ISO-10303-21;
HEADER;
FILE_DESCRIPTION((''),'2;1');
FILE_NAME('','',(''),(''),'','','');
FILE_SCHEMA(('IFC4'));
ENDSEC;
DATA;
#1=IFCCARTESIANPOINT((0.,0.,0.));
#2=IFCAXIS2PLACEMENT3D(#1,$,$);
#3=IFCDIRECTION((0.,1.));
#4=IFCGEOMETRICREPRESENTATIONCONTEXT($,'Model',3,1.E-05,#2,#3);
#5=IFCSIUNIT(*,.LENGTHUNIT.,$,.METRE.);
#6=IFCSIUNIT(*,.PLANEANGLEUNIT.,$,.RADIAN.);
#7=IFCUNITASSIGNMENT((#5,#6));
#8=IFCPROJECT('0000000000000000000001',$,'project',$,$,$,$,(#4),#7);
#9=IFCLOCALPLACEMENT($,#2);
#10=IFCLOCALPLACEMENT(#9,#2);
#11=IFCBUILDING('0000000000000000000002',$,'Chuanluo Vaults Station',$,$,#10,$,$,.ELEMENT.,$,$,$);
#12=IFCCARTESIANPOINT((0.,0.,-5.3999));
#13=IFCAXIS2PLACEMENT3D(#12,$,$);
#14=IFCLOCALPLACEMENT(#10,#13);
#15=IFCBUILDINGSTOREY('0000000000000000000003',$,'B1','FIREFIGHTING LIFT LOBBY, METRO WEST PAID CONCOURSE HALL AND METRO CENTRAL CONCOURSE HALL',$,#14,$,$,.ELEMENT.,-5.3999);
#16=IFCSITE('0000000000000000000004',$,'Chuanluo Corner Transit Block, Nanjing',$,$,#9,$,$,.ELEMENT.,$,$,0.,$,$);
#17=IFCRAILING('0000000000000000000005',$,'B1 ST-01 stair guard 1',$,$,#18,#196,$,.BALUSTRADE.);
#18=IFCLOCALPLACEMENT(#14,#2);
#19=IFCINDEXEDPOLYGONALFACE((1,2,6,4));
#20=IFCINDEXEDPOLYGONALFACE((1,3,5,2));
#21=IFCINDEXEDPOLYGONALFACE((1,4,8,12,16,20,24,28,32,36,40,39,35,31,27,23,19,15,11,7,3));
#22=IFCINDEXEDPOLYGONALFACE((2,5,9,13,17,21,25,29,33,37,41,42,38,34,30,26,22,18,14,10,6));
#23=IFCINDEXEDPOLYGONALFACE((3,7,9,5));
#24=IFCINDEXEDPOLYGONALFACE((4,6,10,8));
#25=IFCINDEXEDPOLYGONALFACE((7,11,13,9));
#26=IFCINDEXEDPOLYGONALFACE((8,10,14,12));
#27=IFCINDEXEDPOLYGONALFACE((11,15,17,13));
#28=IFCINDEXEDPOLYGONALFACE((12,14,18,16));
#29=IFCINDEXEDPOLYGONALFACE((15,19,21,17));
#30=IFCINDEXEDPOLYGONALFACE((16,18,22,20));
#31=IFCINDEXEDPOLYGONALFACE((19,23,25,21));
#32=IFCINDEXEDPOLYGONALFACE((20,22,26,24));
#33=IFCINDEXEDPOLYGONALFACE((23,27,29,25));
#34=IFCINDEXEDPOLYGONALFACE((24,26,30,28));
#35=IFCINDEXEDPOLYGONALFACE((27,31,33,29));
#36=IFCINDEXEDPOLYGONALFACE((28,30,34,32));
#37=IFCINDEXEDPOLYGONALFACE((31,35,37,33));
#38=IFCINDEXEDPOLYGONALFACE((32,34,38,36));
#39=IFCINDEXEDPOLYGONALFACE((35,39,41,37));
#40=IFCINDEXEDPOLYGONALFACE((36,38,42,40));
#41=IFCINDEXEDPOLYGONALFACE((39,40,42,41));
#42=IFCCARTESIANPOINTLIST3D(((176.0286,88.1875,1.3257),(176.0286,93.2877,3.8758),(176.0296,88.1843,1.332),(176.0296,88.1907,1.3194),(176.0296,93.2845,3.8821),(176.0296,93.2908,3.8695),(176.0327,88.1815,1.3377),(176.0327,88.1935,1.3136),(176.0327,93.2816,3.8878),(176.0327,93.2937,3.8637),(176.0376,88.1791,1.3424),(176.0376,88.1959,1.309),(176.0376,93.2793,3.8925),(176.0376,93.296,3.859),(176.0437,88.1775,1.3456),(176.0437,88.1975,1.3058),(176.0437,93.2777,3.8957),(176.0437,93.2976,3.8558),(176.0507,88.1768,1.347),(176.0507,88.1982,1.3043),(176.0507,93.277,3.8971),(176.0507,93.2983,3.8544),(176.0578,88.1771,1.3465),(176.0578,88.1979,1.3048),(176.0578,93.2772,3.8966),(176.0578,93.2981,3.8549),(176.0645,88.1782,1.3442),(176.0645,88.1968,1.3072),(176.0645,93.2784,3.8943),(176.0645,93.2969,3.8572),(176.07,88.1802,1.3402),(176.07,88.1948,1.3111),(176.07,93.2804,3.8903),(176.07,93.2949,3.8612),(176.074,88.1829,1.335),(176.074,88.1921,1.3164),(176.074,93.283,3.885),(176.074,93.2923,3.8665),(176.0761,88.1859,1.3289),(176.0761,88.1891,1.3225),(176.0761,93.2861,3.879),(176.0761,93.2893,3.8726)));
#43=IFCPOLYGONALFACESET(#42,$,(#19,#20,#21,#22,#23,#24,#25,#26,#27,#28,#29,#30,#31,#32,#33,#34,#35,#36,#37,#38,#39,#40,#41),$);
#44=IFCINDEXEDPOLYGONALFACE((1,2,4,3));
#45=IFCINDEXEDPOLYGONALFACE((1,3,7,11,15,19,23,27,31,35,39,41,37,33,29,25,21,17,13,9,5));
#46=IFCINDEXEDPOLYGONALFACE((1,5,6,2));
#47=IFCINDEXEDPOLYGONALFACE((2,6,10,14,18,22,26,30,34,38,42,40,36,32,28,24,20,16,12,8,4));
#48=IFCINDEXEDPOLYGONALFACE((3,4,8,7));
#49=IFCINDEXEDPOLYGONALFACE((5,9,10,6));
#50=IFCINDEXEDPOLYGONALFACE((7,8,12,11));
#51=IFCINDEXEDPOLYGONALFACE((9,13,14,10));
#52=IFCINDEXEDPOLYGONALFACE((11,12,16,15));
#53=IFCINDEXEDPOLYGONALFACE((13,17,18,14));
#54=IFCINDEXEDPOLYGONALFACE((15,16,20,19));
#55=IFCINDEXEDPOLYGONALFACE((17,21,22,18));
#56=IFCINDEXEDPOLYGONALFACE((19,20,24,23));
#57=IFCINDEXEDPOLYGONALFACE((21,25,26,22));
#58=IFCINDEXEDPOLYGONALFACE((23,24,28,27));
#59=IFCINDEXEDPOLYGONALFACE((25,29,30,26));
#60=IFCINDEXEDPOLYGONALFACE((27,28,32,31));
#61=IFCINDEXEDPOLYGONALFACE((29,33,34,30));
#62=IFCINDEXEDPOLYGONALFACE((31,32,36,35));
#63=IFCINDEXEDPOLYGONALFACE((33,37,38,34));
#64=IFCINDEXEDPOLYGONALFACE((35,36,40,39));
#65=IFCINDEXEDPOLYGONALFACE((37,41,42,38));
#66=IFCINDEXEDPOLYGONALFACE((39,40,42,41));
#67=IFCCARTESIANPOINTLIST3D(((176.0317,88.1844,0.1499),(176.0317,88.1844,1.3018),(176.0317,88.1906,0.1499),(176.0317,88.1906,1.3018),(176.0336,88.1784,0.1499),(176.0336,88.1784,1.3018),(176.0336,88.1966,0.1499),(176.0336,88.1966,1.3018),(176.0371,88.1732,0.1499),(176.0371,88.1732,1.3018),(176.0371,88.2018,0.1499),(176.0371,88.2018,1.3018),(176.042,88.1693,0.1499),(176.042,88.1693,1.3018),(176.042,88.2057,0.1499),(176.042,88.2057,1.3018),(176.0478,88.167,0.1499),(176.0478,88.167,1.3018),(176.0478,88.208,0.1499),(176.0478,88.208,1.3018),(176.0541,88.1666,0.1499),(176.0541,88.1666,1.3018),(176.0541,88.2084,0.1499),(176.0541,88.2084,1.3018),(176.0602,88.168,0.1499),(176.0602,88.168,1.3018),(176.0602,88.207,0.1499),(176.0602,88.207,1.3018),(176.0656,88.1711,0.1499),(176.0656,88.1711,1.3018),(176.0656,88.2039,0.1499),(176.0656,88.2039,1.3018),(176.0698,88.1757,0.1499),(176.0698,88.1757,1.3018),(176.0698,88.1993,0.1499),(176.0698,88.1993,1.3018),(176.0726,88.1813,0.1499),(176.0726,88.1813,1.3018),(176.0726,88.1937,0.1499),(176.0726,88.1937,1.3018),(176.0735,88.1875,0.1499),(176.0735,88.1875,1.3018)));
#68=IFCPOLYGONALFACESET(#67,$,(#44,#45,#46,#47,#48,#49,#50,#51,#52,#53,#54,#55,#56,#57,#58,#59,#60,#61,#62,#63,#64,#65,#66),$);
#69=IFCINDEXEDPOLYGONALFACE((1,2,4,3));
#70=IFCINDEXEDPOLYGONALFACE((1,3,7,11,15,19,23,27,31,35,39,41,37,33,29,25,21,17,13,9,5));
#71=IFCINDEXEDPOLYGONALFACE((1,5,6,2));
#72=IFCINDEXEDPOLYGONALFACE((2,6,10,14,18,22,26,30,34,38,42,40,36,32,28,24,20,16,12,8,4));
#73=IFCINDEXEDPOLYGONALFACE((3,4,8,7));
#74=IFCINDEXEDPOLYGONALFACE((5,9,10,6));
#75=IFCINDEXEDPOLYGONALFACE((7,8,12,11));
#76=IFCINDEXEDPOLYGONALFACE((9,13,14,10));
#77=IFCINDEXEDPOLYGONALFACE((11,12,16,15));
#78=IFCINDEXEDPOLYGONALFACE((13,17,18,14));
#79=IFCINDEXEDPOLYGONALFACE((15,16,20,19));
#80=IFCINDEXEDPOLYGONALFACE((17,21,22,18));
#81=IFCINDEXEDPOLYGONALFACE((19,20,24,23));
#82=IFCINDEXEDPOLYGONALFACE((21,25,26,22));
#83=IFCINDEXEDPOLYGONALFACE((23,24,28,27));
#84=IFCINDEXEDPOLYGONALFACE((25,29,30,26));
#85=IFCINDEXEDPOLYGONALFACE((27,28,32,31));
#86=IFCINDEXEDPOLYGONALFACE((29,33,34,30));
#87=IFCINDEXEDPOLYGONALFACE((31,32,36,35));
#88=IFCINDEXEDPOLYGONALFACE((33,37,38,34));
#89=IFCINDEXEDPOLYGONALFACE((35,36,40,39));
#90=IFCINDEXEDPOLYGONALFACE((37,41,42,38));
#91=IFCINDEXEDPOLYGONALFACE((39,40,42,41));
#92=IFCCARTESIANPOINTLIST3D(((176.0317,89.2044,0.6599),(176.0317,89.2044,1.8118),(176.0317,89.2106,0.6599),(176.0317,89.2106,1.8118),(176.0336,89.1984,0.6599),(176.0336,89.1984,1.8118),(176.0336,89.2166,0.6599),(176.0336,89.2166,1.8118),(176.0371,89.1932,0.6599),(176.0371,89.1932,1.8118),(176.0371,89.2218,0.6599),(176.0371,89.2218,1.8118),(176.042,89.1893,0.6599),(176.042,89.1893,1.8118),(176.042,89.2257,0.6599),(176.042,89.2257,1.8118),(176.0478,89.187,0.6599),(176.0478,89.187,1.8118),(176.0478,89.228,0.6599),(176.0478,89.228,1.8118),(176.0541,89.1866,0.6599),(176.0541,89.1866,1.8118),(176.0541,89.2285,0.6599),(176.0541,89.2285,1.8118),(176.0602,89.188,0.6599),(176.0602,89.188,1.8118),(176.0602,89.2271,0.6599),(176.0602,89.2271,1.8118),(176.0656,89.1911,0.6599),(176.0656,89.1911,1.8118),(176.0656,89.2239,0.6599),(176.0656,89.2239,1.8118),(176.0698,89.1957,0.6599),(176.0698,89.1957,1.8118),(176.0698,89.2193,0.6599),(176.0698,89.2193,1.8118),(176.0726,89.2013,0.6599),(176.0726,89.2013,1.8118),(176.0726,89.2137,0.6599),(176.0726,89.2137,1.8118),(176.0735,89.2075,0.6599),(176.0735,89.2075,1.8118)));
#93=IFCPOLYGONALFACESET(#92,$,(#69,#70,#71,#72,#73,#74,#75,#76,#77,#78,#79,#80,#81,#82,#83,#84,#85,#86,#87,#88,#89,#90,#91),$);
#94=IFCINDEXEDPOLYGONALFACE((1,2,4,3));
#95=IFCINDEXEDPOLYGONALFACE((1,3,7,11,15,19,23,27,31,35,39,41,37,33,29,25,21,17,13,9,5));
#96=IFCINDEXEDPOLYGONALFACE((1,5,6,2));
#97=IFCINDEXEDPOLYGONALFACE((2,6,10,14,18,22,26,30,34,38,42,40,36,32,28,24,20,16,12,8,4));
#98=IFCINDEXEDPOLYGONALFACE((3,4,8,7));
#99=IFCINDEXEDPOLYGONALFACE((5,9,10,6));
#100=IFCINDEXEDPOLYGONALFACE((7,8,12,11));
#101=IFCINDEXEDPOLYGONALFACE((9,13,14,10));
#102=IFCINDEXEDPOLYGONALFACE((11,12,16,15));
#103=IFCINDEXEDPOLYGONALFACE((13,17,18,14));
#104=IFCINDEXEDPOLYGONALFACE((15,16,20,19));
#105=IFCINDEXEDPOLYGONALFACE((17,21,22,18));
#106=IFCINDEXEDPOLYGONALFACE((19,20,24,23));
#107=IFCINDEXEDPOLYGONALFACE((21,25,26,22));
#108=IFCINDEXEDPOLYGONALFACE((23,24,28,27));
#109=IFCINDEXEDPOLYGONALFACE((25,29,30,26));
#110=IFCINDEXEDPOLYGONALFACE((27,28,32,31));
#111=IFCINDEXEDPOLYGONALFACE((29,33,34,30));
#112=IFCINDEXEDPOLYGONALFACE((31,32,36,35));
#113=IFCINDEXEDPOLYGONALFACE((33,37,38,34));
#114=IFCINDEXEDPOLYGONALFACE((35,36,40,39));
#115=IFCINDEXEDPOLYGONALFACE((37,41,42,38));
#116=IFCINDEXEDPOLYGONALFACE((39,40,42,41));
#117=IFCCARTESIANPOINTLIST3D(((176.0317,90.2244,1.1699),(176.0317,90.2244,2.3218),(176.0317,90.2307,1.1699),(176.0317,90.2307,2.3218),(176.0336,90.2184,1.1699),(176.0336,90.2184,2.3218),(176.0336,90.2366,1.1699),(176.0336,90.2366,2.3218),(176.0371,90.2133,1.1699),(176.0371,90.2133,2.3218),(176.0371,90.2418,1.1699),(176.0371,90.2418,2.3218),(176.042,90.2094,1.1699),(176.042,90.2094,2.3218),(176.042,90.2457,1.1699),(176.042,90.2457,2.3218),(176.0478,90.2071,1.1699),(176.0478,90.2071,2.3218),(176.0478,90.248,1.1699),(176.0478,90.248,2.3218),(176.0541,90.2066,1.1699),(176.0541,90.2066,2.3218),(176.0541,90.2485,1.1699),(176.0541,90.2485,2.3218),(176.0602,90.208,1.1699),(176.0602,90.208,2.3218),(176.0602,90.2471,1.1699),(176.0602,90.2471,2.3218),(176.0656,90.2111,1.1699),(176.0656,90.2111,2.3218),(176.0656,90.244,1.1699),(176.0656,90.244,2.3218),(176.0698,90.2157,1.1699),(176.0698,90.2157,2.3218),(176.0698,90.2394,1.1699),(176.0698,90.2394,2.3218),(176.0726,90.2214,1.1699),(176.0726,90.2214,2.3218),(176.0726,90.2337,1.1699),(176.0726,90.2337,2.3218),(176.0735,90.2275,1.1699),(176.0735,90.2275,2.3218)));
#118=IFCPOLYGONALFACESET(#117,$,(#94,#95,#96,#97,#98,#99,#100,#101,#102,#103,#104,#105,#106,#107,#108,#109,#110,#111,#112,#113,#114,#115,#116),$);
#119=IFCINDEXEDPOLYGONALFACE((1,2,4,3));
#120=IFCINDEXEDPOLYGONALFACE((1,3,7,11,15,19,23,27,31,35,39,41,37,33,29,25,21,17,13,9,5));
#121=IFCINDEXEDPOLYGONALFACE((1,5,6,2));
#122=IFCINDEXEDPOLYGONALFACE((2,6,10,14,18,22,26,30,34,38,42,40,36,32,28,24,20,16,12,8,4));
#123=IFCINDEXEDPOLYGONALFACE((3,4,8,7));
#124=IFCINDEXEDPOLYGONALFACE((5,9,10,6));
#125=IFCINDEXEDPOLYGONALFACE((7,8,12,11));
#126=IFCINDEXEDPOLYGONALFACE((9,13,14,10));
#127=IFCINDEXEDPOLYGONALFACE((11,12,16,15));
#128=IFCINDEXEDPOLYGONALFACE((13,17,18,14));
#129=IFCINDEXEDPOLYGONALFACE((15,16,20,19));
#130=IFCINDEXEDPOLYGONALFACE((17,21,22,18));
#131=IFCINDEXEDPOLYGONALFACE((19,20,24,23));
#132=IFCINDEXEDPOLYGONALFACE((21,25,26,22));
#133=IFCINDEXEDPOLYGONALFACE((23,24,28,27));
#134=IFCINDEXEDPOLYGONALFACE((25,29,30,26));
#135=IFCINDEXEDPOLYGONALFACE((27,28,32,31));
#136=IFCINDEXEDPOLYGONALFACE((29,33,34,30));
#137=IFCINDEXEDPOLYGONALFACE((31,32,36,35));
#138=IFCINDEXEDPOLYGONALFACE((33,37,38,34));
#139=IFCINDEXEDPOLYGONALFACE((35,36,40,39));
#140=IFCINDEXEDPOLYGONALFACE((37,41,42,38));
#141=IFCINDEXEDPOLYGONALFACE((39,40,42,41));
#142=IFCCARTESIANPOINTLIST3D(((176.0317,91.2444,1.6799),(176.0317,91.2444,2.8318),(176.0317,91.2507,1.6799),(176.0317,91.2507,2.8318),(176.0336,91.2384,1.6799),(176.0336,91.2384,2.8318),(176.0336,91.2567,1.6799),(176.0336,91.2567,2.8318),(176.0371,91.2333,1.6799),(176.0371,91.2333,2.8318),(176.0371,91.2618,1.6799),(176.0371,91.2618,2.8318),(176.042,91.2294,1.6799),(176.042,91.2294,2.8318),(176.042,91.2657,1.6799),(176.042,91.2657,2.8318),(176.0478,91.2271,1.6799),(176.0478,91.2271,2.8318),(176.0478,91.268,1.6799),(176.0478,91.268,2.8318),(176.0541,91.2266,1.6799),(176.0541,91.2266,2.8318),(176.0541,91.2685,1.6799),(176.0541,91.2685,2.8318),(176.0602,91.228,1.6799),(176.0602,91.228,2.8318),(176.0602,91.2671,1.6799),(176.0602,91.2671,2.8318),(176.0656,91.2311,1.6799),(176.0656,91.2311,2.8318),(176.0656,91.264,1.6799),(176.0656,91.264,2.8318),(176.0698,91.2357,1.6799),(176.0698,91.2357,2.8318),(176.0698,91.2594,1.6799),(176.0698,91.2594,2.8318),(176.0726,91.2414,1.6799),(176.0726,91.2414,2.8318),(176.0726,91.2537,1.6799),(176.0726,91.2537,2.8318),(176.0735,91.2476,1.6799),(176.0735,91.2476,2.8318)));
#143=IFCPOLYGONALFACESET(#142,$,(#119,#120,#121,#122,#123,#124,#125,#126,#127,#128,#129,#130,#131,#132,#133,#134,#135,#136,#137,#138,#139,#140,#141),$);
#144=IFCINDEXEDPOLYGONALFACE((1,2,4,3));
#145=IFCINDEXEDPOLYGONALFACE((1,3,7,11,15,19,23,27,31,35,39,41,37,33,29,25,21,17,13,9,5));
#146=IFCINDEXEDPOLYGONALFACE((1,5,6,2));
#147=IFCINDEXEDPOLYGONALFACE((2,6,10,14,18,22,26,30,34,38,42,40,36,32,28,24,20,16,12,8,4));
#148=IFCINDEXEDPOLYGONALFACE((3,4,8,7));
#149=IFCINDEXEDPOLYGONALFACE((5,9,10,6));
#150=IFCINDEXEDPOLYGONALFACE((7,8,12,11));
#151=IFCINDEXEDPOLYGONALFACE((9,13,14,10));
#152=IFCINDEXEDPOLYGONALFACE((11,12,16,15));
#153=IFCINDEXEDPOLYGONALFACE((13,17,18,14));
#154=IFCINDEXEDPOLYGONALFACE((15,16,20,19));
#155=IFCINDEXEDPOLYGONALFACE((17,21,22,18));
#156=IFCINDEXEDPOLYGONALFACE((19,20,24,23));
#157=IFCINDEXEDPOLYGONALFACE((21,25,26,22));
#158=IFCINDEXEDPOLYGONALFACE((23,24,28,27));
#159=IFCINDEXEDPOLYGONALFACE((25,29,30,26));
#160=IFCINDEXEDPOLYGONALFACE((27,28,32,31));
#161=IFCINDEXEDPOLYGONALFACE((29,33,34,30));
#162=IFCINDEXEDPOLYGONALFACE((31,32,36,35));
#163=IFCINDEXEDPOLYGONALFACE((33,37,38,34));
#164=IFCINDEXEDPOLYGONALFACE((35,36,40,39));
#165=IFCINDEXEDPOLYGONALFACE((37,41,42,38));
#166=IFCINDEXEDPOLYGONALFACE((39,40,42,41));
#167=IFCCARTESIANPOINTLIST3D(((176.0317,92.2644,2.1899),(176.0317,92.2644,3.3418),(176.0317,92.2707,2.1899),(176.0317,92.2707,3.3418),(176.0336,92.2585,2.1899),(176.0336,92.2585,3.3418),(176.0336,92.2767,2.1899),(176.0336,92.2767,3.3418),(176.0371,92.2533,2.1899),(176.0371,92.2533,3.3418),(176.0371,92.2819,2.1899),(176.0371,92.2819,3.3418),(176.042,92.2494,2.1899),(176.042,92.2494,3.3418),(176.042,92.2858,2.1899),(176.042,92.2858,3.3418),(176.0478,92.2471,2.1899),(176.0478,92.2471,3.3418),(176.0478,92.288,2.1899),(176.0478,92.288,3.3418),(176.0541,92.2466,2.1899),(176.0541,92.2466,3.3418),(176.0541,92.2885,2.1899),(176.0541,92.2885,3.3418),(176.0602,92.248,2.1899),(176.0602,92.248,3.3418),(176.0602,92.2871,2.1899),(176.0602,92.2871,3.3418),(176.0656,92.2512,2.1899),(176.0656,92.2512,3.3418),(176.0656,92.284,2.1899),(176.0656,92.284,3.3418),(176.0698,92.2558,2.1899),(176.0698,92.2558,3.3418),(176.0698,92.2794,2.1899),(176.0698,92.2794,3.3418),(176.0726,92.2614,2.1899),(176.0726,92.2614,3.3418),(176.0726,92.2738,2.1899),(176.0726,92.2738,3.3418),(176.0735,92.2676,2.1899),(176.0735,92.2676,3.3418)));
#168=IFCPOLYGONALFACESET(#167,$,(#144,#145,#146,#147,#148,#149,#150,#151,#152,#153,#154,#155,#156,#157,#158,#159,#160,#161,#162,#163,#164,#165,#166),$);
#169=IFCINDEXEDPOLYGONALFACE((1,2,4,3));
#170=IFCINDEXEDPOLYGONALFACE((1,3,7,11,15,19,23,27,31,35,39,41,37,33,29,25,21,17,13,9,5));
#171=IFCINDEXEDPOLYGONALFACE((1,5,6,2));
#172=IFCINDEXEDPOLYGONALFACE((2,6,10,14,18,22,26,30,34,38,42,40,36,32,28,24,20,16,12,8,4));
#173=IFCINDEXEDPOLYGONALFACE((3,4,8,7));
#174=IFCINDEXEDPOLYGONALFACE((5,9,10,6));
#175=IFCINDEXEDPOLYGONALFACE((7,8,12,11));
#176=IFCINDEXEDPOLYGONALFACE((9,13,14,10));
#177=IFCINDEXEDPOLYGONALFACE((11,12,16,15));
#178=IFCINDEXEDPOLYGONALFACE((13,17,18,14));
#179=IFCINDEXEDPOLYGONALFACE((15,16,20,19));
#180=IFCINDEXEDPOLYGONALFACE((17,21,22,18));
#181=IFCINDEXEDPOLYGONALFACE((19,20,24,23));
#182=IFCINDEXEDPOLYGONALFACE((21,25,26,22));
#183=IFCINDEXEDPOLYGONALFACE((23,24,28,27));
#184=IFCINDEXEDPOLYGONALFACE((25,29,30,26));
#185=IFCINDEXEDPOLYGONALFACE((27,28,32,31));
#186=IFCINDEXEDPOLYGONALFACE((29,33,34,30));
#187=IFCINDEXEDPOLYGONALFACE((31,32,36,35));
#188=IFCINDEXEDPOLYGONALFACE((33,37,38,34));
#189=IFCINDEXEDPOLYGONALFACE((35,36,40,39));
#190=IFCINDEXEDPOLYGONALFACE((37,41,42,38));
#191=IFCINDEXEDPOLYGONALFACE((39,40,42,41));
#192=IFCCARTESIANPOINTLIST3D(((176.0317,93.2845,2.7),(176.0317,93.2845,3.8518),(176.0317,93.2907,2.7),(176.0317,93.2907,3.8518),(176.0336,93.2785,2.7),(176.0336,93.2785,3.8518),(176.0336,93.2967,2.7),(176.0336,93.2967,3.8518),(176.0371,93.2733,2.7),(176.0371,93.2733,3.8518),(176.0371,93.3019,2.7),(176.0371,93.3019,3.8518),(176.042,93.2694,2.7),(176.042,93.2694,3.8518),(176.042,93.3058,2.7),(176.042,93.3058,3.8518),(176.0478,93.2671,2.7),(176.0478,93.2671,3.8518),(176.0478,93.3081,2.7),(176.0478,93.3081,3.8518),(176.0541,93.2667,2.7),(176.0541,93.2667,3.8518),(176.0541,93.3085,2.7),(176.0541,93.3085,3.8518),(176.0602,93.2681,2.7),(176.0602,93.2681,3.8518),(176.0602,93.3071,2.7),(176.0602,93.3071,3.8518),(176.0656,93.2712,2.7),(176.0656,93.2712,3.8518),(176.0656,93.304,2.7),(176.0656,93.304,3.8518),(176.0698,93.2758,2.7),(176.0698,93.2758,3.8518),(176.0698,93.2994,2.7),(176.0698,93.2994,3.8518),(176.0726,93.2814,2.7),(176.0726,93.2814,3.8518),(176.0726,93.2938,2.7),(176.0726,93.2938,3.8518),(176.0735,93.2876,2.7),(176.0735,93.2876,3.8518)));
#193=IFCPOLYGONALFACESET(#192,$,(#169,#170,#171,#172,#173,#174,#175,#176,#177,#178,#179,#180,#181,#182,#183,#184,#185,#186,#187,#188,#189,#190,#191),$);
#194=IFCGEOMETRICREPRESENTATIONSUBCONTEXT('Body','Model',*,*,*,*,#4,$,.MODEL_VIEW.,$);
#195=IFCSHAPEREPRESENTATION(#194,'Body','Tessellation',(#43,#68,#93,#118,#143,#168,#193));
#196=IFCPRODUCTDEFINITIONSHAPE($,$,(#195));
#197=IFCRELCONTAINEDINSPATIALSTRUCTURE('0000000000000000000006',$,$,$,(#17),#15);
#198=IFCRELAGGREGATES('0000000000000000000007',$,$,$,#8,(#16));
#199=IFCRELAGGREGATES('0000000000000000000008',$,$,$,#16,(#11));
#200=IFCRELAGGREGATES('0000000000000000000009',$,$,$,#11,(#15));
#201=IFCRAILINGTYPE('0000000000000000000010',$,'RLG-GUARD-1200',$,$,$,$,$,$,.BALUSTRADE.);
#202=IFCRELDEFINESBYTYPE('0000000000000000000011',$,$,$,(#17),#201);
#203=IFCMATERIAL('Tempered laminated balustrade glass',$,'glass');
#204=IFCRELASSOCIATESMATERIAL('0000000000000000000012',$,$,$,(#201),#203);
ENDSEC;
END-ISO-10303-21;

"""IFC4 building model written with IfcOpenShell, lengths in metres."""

from ifc_helpers import new_model, si_unit, direction, frame, origin, origin_2d, place, context, subcontext, project, spatial, circle, extrude, material, type_object, element, save


model = new_model("IFC4")

# Units and contexts
model_context = context("Model", 3, precision=1e-05, world=origin(), true_north=direction((0.0, 1.0)))
body_context = subcontext(model_context, "Body", "Model", "MODEL_VIEW")
ifc_project = project(units=[si_unit("LENGTHUNIT", "METRE"), si_unit("PLANEANGLEUNIT", "RADIAN")], contexts=[model_context])

# Site, building, storey
site_placement = place(None, origin())
site = spatial("IfcSite", under=ifc_project, at=site_placement, Name="Chuanluo Corner Transit Block, Nanjing", CompositionType="ELEMENT", RefElevation=0.0)
building_placement = place(site_placement, origin())
building = spatial("IfcBuilding", under=site, at=building_placement, Name="Chuanluo Vaults Station", CompositionType="ELEMENT")
storey_placement = place(building_placement, frame((0.0, 0.0, -5.3999)))
storey = spatial("IfcBuildingStorey", under=building, at=storey_placement, Name="B1", Description="FIREFIGHTING LIFT LOBBY, METRO WEST PAID CONCOURSE HALL AND METRO CENTRAL CONCOURSE HALL", CompositionType="ELEMENT", Elevation=-5.3999)

# Railing
ifc_material_1 = material(Name="Tempered laminated balustrade glass", Category="glass")
railing_type_1 = type_object("IfcRailingType", Name="RLG-GUARD-1200", PredefinedType="BALUSTRADE", material=ifc_material_1)
railing_1_placement = place(storey_placement, frame((176.0525, 88.1875, 0.1499)))
element("IfcRailing", 1, at=railing_1_placement, inside=storey, type_object=railing_type_1, Name="B1 ST-01 stair guard 1", PredefinedType="BALUSTRADE", context=body_context, shape_type="SweptSolid", body=[
    extrude(circle(Radius=0.0239, at=origin_2d()), frame((0.0, 0.0, 1.1758), z_axis=(0.0, 0.894427, 0.447214), x_axis=(-1.0, 0.0, 0.0)), (0.0, 0.0, 1.0), 5.7021),
    extrude(circle(Radius=0.021, at=origin_2d()), origin(), (0.0, 0.0, 1.0), 1.1519),
    extrude(circle(Radius=0.021, at=origin_2d()), frame((0.0, 1.02, 0.51)), (0.0, 0.0, 1.0), 1.1519),
    extrude(circle(Radius=0.021, at=origin_2d()), frame((0.0, 2.04, 1.02)), (0.0, 0.0, 1.0), 1.1519),
    extrude(circle(Radius=0.021, at=origin_2d()), frame((0.0, 3.0601, 1.53)), (0.0, 0.0, 1.0), 1.1519),
    extrude(circle(Radius=0.021, at=origin_2d()), frame((0.0, 4.0801, 2.04)), (0.0, 0.0, 1.0), 1.1519),
    extrude(circle(Radius=0.021, at=origin_2d()), frame((0.0, 5.1001, 2.55)), (0.0, 0.0, 1.0), 1.1519),
])

save(model, "model.ifc")
